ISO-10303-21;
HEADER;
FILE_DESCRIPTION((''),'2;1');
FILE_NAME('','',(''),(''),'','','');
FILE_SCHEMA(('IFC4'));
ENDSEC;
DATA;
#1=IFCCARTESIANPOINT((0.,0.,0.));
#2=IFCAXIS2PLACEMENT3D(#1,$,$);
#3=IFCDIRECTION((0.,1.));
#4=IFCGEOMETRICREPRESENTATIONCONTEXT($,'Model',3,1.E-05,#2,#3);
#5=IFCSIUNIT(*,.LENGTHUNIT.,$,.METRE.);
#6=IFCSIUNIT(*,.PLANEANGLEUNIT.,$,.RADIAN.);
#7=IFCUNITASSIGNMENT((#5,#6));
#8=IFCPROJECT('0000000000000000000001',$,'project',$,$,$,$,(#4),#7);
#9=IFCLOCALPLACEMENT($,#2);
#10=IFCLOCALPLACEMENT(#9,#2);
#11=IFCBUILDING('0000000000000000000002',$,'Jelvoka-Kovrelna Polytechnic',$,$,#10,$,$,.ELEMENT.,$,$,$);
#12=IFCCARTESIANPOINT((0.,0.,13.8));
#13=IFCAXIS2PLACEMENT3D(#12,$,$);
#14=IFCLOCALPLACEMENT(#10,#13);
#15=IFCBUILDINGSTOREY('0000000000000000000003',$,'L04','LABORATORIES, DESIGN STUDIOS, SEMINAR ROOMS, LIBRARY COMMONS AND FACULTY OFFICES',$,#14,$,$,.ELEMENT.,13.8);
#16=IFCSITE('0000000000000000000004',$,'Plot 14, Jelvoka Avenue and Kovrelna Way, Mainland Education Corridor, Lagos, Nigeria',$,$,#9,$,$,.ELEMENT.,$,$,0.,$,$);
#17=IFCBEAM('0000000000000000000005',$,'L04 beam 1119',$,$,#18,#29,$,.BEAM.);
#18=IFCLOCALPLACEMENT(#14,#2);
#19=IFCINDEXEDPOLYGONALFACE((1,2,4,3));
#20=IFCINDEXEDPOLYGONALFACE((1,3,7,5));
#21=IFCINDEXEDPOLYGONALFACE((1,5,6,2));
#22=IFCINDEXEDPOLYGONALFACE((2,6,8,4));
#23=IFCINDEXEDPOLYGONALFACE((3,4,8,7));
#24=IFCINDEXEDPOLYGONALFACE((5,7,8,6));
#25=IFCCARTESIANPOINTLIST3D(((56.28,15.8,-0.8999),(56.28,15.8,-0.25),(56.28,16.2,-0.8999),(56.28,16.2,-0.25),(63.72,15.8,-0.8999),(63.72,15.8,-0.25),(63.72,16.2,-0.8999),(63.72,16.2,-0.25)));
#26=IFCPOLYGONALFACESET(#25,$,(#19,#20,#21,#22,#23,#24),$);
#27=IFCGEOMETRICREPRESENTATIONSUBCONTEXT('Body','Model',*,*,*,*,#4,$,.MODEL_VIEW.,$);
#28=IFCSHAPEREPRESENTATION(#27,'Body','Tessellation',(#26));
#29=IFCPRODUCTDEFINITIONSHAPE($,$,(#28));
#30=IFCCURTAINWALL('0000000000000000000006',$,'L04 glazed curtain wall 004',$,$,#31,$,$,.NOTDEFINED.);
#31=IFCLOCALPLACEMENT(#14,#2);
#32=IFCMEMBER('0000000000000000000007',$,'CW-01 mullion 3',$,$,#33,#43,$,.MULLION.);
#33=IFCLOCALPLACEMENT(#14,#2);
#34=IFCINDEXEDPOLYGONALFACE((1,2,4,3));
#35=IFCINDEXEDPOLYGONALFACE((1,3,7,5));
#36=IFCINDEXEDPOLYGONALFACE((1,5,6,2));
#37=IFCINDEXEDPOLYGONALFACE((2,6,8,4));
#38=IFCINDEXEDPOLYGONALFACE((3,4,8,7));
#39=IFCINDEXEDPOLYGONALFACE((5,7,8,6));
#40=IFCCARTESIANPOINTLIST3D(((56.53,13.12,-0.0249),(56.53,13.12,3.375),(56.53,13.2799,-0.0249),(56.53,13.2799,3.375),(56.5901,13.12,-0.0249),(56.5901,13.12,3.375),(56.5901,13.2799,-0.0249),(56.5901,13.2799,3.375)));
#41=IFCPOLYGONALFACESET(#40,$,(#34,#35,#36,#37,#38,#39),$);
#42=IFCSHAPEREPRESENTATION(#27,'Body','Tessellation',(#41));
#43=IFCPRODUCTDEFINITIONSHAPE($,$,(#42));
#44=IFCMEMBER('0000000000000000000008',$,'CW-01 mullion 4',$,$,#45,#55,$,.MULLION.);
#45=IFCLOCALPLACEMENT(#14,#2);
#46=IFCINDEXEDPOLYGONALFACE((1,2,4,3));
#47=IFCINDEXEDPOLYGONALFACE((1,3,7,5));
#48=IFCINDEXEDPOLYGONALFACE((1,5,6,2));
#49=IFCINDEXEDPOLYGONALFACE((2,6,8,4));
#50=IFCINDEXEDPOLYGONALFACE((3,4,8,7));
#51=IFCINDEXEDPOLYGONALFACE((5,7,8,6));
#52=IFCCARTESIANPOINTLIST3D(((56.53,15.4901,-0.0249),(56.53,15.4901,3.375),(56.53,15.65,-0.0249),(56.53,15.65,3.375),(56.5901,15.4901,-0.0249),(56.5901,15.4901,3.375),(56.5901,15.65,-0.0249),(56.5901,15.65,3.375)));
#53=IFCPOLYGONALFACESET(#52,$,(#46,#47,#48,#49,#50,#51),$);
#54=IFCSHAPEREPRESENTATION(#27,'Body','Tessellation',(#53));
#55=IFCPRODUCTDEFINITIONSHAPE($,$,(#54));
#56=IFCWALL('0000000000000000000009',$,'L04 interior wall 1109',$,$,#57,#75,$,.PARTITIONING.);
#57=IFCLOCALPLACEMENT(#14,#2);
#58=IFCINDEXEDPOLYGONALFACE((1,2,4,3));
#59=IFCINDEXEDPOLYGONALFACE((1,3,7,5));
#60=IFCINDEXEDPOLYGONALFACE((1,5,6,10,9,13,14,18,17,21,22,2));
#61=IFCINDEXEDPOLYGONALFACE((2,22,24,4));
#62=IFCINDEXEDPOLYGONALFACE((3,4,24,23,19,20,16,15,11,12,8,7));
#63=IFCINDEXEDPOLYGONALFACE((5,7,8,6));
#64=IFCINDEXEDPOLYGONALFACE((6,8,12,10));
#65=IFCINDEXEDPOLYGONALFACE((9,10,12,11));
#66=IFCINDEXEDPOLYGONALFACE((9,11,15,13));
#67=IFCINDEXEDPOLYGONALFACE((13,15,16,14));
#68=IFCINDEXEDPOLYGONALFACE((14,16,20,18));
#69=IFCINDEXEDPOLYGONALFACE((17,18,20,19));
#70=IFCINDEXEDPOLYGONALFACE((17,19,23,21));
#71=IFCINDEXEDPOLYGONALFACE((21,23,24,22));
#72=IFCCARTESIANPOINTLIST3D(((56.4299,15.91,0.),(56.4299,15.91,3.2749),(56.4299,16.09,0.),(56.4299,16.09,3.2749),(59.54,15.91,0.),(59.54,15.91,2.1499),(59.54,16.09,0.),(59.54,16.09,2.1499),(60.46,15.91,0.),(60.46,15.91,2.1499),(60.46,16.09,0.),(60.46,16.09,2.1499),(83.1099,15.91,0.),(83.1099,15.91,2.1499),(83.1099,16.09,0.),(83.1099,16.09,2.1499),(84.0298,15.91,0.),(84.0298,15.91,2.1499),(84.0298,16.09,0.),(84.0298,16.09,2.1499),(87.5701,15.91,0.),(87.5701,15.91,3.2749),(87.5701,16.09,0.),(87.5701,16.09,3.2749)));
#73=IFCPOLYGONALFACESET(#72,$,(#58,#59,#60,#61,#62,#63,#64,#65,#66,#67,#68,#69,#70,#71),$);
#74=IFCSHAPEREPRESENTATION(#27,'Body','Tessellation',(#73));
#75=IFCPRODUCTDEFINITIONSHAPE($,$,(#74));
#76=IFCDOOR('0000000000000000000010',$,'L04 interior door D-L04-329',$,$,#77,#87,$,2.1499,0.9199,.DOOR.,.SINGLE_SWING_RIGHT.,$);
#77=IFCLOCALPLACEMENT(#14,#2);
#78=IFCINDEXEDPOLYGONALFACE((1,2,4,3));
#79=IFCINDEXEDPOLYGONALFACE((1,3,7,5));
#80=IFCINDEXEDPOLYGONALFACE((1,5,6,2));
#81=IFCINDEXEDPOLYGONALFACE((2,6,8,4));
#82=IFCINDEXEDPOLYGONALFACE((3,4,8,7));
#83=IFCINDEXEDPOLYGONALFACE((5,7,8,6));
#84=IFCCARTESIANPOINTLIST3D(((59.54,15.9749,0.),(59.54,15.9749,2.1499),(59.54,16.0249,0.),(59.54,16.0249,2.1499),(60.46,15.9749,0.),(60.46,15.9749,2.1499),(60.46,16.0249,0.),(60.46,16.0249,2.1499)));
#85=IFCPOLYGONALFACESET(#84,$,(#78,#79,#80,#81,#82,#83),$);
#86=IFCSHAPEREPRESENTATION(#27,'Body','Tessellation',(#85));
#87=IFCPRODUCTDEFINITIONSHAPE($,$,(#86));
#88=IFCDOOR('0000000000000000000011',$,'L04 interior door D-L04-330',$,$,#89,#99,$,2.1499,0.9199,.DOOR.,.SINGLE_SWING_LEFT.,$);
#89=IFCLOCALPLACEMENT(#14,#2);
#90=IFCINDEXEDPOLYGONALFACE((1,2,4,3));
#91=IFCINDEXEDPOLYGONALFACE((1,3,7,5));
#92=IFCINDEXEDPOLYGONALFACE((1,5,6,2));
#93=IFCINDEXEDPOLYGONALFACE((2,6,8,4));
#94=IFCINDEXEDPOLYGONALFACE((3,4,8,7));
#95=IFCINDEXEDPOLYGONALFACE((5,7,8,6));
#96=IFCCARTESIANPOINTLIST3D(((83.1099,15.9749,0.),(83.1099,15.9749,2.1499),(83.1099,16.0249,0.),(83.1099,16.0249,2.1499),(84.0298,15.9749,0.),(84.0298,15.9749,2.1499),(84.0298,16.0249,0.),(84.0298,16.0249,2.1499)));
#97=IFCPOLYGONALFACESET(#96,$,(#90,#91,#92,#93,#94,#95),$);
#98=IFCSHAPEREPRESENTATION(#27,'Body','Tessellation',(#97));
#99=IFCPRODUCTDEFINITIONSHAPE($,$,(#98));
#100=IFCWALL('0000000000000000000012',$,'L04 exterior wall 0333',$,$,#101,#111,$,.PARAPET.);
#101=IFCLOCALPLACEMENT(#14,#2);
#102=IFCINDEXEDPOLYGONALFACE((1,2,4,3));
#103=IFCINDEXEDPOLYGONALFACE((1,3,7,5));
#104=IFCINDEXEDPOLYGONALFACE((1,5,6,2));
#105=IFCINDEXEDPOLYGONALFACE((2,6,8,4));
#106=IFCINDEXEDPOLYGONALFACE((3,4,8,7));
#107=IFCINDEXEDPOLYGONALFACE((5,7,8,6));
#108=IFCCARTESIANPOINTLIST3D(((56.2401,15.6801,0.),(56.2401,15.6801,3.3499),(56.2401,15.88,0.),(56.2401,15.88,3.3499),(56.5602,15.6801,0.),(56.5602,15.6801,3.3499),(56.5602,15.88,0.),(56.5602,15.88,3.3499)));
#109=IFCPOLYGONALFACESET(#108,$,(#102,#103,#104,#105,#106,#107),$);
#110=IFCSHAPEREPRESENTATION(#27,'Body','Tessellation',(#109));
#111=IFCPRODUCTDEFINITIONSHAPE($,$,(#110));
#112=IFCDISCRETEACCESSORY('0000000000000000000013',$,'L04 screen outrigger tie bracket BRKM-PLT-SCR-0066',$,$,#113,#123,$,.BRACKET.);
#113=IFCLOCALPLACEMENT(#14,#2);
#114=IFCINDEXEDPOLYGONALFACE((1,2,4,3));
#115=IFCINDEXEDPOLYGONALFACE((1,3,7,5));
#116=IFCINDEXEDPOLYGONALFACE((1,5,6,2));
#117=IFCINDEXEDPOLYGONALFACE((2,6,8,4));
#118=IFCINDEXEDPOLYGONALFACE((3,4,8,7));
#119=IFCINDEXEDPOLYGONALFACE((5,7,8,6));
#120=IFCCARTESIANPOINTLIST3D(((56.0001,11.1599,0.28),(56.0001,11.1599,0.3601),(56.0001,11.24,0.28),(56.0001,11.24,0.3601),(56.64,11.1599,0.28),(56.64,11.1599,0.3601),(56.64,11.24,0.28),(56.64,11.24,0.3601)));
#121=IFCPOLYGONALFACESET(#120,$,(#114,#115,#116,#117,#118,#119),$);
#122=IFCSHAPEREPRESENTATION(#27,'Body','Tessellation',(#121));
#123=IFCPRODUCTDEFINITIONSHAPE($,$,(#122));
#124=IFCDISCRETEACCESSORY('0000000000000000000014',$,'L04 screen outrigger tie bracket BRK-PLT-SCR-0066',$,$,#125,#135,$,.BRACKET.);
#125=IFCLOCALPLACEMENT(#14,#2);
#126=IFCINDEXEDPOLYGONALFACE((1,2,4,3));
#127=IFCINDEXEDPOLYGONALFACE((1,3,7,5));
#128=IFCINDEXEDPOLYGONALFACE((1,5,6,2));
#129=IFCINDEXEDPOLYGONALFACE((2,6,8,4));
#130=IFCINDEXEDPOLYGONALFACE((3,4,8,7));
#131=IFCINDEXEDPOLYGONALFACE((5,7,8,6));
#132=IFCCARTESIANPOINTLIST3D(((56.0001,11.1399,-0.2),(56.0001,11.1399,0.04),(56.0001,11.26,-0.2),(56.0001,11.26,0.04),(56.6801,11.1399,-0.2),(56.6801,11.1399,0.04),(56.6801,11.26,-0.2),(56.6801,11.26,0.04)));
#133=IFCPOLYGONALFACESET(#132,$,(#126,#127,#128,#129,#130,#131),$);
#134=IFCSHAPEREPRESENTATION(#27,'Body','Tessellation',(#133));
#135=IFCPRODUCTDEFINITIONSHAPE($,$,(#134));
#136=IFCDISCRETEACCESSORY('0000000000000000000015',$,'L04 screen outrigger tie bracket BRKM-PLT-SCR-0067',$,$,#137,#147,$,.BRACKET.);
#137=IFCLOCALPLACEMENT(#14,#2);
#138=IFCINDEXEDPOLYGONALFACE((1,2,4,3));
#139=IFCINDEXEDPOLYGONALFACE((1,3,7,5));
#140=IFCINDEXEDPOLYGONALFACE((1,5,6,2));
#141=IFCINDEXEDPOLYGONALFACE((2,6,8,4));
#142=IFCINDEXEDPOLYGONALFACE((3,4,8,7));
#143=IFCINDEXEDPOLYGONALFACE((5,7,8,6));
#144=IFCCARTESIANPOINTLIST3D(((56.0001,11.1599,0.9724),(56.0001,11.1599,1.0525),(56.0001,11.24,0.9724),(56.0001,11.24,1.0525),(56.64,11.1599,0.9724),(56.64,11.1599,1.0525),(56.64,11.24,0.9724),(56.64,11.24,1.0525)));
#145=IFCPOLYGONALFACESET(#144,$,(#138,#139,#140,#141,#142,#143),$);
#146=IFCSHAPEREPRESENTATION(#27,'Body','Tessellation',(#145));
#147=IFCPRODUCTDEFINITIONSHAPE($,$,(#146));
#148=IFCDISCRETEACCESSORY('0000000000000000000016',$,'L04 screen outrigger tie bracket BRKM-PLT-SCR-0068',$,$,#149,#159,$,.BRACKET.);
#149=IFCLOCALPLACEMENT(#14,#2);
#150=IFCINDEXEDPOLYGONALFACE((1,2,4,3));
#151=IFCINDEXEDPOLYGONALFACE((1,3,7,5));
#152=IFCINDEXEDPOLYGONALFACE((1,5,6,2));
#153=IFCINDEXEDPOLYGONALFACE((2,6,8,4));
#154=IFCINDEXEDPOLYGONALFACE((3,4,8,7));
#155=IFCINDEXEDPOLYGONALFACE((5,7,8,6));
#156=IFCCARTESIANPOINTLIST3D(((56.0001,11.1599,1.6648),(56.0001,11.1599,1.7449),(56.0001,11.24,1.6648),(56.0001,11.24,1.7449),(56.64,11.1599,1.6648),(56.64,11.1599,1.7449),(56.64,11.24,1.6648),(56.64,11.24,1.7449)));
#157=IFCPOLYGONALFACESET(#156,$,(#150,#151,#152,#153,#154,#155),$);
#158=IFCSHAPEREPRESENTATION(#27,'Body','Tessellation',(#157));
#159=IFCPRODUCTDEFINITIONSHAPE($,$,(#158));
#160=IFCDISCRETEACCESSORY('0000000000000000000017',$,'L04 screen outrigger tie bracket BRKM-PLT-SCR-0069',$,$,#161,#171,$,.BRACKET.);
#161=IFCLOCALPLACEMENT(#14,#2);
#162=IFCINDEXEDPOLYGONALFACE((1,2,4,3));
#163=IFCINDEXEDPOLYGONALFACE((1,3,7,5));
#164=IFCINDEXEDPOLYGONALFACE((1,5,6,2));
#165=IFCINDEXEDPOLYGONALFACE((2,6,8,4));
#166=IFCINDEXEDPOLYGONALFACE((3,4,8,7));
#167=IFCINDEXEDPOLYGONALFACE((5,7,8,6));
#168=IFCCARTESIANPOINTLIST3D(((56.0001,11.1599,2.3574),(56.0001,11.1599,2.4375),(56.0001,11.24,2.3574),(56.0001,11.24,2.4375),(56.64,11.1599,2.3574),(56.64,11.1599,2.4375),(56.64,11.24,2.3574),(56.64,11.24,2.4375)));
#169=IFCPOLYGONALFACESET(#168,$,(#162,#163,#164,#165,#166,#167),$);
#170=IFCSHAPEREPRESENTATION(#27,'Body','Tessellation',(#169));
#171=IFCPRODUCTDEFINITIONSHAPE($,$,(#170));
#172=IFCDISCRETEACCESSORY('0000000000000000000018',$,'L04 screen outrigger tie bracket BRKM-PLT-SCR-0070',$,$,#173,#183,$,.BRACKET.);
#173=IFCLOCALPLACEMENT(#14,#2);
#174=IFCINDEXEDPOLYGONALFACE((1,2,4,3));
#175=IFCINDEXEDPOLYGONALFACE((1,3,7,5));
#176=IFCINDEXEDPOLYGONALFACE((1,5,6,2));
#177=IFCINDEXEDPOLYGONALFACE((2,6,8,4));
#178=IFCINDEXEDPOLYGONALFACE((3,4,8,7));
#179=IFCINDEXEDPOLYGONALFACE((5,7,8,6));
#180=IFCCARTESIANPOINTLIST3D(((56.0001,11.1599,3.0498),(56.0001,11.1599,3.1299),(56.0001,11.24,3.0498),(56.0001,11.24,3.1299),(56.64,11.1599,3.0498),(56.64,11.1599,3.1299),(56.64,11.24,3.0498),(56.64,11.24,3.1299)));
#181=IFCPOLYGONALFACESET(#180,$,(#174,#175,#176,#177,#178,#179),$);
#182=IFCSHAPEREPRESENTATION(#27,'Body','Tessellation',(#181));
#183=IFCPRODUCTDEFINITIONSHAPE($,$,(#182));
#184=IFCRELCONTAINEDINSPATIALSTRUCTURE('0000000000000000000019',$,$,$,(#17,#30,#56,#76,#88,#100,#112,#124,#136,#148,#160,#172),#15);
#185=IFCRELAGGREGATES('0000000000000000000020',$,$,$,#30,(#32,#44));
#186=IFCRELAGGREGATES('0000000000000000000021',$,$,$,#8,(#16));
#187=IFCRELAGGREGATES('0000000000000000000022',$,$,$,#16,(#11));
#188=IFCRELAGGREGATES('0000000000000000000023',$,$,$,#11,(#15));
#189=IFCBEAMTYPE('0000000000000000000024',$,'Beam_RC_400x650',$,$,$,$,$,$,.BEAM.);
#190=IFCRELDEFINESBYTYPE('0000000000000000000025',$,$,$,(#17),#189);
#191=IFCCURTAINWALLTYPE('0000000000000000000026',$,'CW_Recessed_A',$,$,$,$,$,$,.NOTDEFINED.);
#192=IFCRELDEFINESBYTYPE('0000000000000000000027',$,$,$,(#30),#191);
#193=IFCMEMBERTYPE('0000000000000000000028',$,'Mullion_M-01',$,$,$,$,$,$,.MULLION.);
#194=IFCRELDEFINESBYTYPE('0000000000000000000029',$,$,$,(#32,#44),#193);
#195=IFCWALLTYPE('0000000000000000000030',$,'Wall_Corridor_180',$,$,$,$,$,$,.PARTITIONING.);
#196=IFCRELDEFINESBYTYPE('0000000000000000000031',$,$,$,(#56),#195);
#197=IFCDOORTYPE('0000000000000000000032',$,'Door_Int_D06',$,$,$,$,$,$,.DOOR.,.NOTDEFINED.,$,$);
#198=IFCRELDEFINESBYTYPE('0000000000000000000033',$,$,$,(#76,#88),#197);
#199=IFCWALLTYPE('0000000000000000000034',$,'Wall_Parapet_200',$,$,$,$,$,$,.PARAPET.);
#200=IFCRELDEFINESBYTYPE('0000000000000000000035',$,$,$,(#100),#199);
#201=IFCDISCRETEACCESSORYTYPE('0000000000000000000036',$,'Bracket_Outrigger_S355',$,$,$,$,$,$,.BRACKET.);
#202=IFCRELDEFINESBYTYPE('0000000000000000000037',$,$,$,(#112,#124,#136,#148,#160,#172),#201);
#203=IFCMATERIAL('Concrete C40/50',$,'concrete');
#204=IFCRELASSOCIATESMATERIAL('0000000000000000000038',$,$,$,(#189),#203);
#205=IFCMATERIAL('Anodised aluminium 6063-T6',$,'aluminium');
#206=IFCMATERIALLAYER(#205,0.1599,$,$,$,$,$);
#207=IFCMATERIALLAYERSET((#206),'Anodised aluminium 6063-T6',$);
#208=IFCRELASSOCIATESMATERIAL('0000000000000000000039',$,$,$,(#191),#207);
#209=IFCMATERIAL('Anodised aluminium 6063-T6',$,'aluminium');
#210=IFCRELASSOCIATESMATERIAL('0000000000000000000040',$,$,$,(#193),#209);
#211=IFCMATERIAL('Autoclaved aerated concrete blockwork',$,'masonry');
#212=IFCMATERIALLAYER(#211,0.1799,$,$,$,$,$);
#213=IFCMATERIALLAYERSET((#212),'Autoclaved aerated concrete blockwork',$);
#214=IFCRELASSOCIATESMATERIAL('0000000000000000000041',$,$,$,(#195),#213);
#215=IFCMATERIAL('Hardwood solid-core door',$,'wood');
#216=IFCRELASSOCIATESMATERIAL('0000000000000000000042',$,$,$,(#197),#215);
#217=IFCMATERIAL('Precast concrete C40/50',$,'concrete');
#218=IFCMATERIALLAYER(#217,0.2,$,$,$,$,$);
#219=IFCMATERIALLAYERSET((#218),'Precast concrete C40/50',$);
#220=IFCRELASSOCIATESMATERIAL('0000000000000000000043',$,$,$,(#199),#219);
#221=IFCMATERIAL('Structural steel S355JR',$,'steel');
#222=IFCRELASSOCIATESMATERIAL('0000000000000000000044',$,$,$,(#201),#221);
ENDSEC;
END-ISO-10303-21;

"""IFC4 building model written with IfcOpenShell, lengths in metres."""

from ifc_helpers import new_model, si_unit, direction, frame, frame_2d, origin, origin_2d, place, context, subcontext, project, spatial, rectangle, extrude, material, layer, layer_set, material_profile, profile_set, type_object, element, fill, aggregate, save


model = new_model("IFC4")

# Units and contexts
model_context = context("Model", 3, precision=1e-05, world=origin(), true_north=direction((0.0, 1.0)))
body_context = subcontext(model_context, "Body", "Model", "MODEL_VIEW")
ifc_project = project(units=[si_unit("LENGTHUNIT", "METRE"), si_unit("PLANEANGLEUNIT", "RADIAN")], contexts=[model_context])

# Site, building, storey
site_placement = place(None, origin())
site = spatial("IfcSite", under=ifc_project, at=site_placement, Name="Plot 14, Jelvoka Avenue and Kovrelna Way, Mainland Education Corridor, Lagos, Nigeria", CompositionType="ELEMENT", RefElevation=0.0)
building_placement = place(site_placement, origin())
building = spatial("IfcBuilding", under=site, at=building_placement, Name="Jelvoka-Kovrelna Polytechnic", CompositionType="ELEMENT")
storey_placement = place(building_placement, frame((0.0, 0.0, 13.8)))
storey = spatial("IfcBuildingStorey", under=building, at=storey_placement, Name="L04", Description="LABORATORIES, DESIGN STUDIOS, SEMINAR ROOMS, LIBRARY COMMONS AND FACULTY OFFICES", CompositionType="ELEMENT", Elevation=13.8)

# Beam
ifc_material_1 = material(Name="Concrete C40/50", Category="concrete")
ifc_material_profile_1 = material_profile(ifc_material_1, rectangle(XDim=0.3999, YDim=0.6499, at=origin_2d()), Name="RC 400x650")
ifc_profile_set_1 = profile_set([ifc_material_profile_1], Name="Concrete C40/50")
beam_type = type_object("IfcBeamType", Name="Beam_RC_400x650", PredefinedType="BEAM", material=ifc_profile_set_1)
beam_placement = place(storey_placement, frame((56.28, 16.0, -0.575), z_axis=(1.0, 0.0, 0.0), x_axis=(0.0, 1.0, 0.0)))
element("IfcBeam", 1, at=beam_placement, inside=storey, type_object=beam_type, Name="L04 beam 1119", PredefinedType="BEAM", context=body_context, shape_type="SweptSolid", body=[
    extrude(rectangle(XDim=0.3999, YDim=0.6499, at=origin_2d()), origin(), (0.0, 0.0, 1.0), 7.4399),
])

# Curtain wall, members
ifc_material_2 = material(Name="Anodised aluminium 6063-T6", Category="aluminium")
ifc_layer_1 = layer(ifc_material_2, 0.1599)
ifc_layer_set_1 = layer_set([ifc_layer_1], Name="Anodised aluminium 6063-T6")
curtain_wall_type = type_object("IfcCurtainWallType", Name="CW_Recessed_A", PredefinedType="NOTDEFINED", material=ifc_layer_set_1)
curtain_wall_placement = place(storey_placement, origin())
curtain_wall = element("IfcCurtainWall", 2, at=curtain_wall_placement, inside=storey, type_object=curtain_wall_type, Name="L04 glazed curtain wall 004", PredefinedType="NOTDEFINED")
ifc_material_3 = material(Name="Anodised aluminium 6063-T6", Category="aluminium")
ifc_material_profile_2 = material_profile(ifc_material_3, rectangle(XDim=0.0601, YDim=0.1599, at=origin_2d()), Name="ALU 60x160")
ifc_profile_set_2 = profile_set([ifc_material_profile_2], Name="Anodised aluminium 6063-T6")
member_type = type_object("IfcMemberType", Name="Mullion_M-01", PredefinedType="MULLION", material=ifc_profile_set_2)
member_1_placement = place(storey_placement, frame((56.5601, 13.2, -0.0249), z_axis=(0.0, 0.0, 1.0), x_axis=(-1.0, 0.0, 0.0)))
member_1 = element("IfcMember", 3, at=member_1_placement, type_object=member_type, Name="CW-01 mullion 3", PredefinedType="MULLION", context=body_context, shape_type="SweptSolid", body=[
    extrude(rectangle(XDim=0.0601, YDim=0.1599, at=origin_2d()), origin(), (0.0, 0.0, 1.0), 3.3999),
])
member_2_placement = place(storey_placement, frame((56.5601, 15.5701, -0.0249), z_axis=(0.0, 0.0, 1.0), x_axis=(-1.0, 0.0, 0.0)))
member_2 = element("IfcMember", 4, at=member_2_placement, type_object=member_type, Name="CW-01 mullion 4", PredefinedType="MULLION", context=body_context, shape_type="SweptSolid", body=[
    extrude(rectangle(XDim=0.0601, YDim=0.1599, at=origin_2d()), origin(), (0.0, 0.0, 1.0), 3.3999),
])
aggregate(curtain_wall, [member_1, member_2])

# Wall, openings, doors
ifc_material_4 = material(Name="Autoclaved aerated concrete blockwork", Category="masonry")
ifc_layer_2 = layer(ifc_material_4, 0.1799)
ifc_layer_set_2 = layer_set([ifc_layer_2], Name="Autoclaved aerated concrete blockwork")
wall_type_1 = type_object("IfcWallType", Name="Wall_Corridor_180", PredefinedType="PARTITIONING", material=ifc_layer_set_2)
wall_1_placement = place(storey_placement, frame((56.4299, 16.0, 0.0), z_axis=(0.0, 0.0, 1.0), x_axis=(1.0, 0.0, 0.0)))
wall_1 = element("IfcWall", 5, at=wall_1_placement, inside=storey, type_object=wall_type_1, Name="L04 interior wall 1109", PredefinedType="PARTITIONING", context=body_context, shape_type="SweptSolid", body=[
    extrude(rectangle(XDim=31.1401, YDim=0.1799, at=frame_2d((15.5701, 0.0))), origin(), (0.0, 0.0, 1.0), 3.2749),
])
opening_1_placement = place(wall_1_placement, frame((3.1101, 0.0, 0.0)))
opening_1 = element("IfcOpeningElement", 6, at=opening_1_placement, cuts=wall_1, PredefinedType="OPENING", context=body_context, shape_type="SweptSolid", body=[
    extrude(rectangle(XDim=0.9199, YDim=2.1499, at=frame_2d((0.46, 1.075))), frame((0.0, 0.0999, 0.0), z_axis=(0.0, -1.0, 0.0), x_axis=(1.0, 0.0, 0.0)), (0.0, 0.0, 1.0), 0.2),
])
opening_2_placement = place(wall_1_placement, frame((26.6799, 0.0, 0.0)))
opening_2 = element("IfcOpeningElement", 7, at=opening_2_placement, cuts=wall_1, PredefinedType="OPENING", context=body_context, shape_type="SweptSolid", body=[
    extrude(rectangle(XDim=0.9199, YDim=2.1499, at=frame_2d((0.46, 1.075))), frame((0.0, 0.0999, 0.0), z_axis=(0.0, -1.0, 0.0), x_axis=(1.0, 0.0, 0.0)), (0.0, 0.0, 1.0), 0.2),
])
ifc_material_5 = material(Name="Hardwood solid-core door", Category="wood")
door_type = type_object("IfcDoorType", Name="Door_Int_D06", OperationType="NOTDEFINED", PredefinedType="DOOR", material=ifc_material_5)
door_1_placement = place(opening_1_placement, origin())
door_1 = element("IfcDoor", 8, at=door_1_placement, inside=storey, type_object=door_type, Name="L04 interior door D-L04-329", OperationType="SINGLE_SWING_RIGHT", OverallHeight=2.1499, OverallWidth=0.9199, PredefinedType="DOOR", context=body_context, shape_type="SweptSolid", body=[
    extrude(rectangle(XDim=0.9199, YDim=2.1499, at=frame_2d((0.46, 1.075))), frame((0.0, 0.0249, 0.0), z_axis=(0.0, -1.0, 0.0), x_axis=(1.0, 0.0, 0.0)), (0.0, 0.0, 1.0), 0.05),
])
fill(opening_1, door_1)
door_2_placement = place(opening_2_placement, origin())
door_2 = element("IfcDoor", 9, at=door_2_placement, inside=storey, type_object=door_type, Name="L04 interior door D-L04-330", OperationType="SINGLE_SWING_LEFT", OverallHeight=2.1499, OverallWidth=0.9199, PredefinedType="DOOR", context=body_context, shape_type="SweptSolid", body=[
    extrude(rectangle(XDim=0.9199, YDim=2.1499, at=frame_2d((0.46, 1.075))), frame((0.0, 0.0249, 0.0), z_axis=(0.0, -1.0, 0.0), x_axis=(1.0, 0.0, 0.0)), (0.0, 0.0, 1.0), 0.05),
])
fill(opening_2, door_2)

# Wall
ifc_material_6 = material(Name="Precast concrete C40/50", Category="concrete")
ifc_layer_3 = layer(ifc_material_6, 0.2)
ifc_layer_set_3 = layer_set([ifc_layer_3], Name="Precast concrete C40/50")
wall_type_2 = type_object("IfcWallType", Name="Wall_Parapet_200", PredefinedType="PARAPET", material=ifc_layer_set_3)
wall_2_placement = place(storey_placement, frame((56.24, 15.78, 0.0), z_axis=(0.0, 0.0, 1.0), x_axis=(1.0, 0.0, 0.0)))
element("IfcWall", 10, at=wall_2_placement, inside=storey, type_object=wall_type_2, Name="L04 exterior wall 0333", PredefinedType="PARAPET", context=body_context, shape_type="SweptSolid", body=[
    extrude(rectangle(XDim=0.3201, YDim=0.2, at=frame_2d((0.1602, 0.0))), origin(), (0.0, 0.0, 1.0), 3.3499),
])

# Discrete accessories
ifc_material_7 = material(Name="Structural steel S355JR", Category="steel")
discrete_accessory_type = type_object("IfcDiscreteAccessoryType", Name="Bracket_Outrigger_S355", PredefinedType="BRACKET", material=ifc_material_7)
discrete_accessory_1_placement = place(storey_placement, frame((56.3201, 11.2, 0.28), z_axis=(0.0, 0.0, 1.0), x_axis=(1.0, 0.0, 0.0)))
element("IfcDiscreteAccessory", 11, at=discrete_accessory_1_placement, inside=storey, type_object=discrete_accessory_type, Name="L04 screen outrigger tie bracket BRKM-PLT-SCR-0066", PredefinedType="BRACKET", context=body_context, shape_type="SweptSolid", body=[
    extrude(rectangle(XDim=0.6399, YDim=0.0801, at=origin_2d()), origin(), (0.0, 0.0, 1.0), 0.0801),
])
discrete_accessory_2_placement = place(storey_placement, frame((56.3401, 11.2, -0.2), z_axis=(0.0, 0.0, 1.0), x_axis=(1.0, 0.0, 0.0)))
element("IfcDiscreteAccessory", 12, at=discrete_accessory_2_placement, inside=storey, type_object=discrete_accessory_type, Name="L04 screen outrigger tie bracket BRK-PLT-SCR-0066", PredefinedType="BRACKET", context=body_context, shape_type="SweptSolid", body=[
    extrude(rectangle(XDim=0.6799, YDim=0.1201, at=origin_2d()), origin(), (0.0, 0.0, 1.0), 0.24),
])
for number, where, z_axis, x_axis, name in (
    (13, (56.3201, 11.2, 0.9724), (0.0, 0.0, 1.0), (1.0, 0.0, 0.0), "L04 screen outrigger tie bracket BRKM-PLT-SCR-0067"),
    (14, (56.3201, 11.2, 1.6648), (0.0, 0.0, 1.0), (1.0, 0.0, 0.0), "L04 screen outrigger tie bracket BRKM-PLT-SCR-0068"),
    (15, (56.3201, 11.2, 2.3574), (0.0, 0.0, 1.0), (1.0, 0.0, 0.0), "L04 screen outrigger tie bracket BRKM-PLT-SCR-0069"),
    (16, (56.3201, 11.2, 3.0498), (0.0, 0.0, 1.0), (1.0, 0.0, 0.0), "L04 screen outrigger tie bracket BRKM-PLT-SCR-0070"),
):
    element("IfcDiscreteAccessory", number, at=place(storey_placement, frame(where, z_axis=z_axis, x_axis=x_axis)), inside=storey, type_object=discrete_accessory_type, Name=name, PredefinedType="BRACKET", context=body_context, shape_type="SweptSolid", body=[
        extrude(rectangle(XDim=0.6399, YDim=0.0801, at=origin_2d()), origin(), (0.0, 0.0, 1.0), 0.0801),
    ])

save(model, "model.ifc")
